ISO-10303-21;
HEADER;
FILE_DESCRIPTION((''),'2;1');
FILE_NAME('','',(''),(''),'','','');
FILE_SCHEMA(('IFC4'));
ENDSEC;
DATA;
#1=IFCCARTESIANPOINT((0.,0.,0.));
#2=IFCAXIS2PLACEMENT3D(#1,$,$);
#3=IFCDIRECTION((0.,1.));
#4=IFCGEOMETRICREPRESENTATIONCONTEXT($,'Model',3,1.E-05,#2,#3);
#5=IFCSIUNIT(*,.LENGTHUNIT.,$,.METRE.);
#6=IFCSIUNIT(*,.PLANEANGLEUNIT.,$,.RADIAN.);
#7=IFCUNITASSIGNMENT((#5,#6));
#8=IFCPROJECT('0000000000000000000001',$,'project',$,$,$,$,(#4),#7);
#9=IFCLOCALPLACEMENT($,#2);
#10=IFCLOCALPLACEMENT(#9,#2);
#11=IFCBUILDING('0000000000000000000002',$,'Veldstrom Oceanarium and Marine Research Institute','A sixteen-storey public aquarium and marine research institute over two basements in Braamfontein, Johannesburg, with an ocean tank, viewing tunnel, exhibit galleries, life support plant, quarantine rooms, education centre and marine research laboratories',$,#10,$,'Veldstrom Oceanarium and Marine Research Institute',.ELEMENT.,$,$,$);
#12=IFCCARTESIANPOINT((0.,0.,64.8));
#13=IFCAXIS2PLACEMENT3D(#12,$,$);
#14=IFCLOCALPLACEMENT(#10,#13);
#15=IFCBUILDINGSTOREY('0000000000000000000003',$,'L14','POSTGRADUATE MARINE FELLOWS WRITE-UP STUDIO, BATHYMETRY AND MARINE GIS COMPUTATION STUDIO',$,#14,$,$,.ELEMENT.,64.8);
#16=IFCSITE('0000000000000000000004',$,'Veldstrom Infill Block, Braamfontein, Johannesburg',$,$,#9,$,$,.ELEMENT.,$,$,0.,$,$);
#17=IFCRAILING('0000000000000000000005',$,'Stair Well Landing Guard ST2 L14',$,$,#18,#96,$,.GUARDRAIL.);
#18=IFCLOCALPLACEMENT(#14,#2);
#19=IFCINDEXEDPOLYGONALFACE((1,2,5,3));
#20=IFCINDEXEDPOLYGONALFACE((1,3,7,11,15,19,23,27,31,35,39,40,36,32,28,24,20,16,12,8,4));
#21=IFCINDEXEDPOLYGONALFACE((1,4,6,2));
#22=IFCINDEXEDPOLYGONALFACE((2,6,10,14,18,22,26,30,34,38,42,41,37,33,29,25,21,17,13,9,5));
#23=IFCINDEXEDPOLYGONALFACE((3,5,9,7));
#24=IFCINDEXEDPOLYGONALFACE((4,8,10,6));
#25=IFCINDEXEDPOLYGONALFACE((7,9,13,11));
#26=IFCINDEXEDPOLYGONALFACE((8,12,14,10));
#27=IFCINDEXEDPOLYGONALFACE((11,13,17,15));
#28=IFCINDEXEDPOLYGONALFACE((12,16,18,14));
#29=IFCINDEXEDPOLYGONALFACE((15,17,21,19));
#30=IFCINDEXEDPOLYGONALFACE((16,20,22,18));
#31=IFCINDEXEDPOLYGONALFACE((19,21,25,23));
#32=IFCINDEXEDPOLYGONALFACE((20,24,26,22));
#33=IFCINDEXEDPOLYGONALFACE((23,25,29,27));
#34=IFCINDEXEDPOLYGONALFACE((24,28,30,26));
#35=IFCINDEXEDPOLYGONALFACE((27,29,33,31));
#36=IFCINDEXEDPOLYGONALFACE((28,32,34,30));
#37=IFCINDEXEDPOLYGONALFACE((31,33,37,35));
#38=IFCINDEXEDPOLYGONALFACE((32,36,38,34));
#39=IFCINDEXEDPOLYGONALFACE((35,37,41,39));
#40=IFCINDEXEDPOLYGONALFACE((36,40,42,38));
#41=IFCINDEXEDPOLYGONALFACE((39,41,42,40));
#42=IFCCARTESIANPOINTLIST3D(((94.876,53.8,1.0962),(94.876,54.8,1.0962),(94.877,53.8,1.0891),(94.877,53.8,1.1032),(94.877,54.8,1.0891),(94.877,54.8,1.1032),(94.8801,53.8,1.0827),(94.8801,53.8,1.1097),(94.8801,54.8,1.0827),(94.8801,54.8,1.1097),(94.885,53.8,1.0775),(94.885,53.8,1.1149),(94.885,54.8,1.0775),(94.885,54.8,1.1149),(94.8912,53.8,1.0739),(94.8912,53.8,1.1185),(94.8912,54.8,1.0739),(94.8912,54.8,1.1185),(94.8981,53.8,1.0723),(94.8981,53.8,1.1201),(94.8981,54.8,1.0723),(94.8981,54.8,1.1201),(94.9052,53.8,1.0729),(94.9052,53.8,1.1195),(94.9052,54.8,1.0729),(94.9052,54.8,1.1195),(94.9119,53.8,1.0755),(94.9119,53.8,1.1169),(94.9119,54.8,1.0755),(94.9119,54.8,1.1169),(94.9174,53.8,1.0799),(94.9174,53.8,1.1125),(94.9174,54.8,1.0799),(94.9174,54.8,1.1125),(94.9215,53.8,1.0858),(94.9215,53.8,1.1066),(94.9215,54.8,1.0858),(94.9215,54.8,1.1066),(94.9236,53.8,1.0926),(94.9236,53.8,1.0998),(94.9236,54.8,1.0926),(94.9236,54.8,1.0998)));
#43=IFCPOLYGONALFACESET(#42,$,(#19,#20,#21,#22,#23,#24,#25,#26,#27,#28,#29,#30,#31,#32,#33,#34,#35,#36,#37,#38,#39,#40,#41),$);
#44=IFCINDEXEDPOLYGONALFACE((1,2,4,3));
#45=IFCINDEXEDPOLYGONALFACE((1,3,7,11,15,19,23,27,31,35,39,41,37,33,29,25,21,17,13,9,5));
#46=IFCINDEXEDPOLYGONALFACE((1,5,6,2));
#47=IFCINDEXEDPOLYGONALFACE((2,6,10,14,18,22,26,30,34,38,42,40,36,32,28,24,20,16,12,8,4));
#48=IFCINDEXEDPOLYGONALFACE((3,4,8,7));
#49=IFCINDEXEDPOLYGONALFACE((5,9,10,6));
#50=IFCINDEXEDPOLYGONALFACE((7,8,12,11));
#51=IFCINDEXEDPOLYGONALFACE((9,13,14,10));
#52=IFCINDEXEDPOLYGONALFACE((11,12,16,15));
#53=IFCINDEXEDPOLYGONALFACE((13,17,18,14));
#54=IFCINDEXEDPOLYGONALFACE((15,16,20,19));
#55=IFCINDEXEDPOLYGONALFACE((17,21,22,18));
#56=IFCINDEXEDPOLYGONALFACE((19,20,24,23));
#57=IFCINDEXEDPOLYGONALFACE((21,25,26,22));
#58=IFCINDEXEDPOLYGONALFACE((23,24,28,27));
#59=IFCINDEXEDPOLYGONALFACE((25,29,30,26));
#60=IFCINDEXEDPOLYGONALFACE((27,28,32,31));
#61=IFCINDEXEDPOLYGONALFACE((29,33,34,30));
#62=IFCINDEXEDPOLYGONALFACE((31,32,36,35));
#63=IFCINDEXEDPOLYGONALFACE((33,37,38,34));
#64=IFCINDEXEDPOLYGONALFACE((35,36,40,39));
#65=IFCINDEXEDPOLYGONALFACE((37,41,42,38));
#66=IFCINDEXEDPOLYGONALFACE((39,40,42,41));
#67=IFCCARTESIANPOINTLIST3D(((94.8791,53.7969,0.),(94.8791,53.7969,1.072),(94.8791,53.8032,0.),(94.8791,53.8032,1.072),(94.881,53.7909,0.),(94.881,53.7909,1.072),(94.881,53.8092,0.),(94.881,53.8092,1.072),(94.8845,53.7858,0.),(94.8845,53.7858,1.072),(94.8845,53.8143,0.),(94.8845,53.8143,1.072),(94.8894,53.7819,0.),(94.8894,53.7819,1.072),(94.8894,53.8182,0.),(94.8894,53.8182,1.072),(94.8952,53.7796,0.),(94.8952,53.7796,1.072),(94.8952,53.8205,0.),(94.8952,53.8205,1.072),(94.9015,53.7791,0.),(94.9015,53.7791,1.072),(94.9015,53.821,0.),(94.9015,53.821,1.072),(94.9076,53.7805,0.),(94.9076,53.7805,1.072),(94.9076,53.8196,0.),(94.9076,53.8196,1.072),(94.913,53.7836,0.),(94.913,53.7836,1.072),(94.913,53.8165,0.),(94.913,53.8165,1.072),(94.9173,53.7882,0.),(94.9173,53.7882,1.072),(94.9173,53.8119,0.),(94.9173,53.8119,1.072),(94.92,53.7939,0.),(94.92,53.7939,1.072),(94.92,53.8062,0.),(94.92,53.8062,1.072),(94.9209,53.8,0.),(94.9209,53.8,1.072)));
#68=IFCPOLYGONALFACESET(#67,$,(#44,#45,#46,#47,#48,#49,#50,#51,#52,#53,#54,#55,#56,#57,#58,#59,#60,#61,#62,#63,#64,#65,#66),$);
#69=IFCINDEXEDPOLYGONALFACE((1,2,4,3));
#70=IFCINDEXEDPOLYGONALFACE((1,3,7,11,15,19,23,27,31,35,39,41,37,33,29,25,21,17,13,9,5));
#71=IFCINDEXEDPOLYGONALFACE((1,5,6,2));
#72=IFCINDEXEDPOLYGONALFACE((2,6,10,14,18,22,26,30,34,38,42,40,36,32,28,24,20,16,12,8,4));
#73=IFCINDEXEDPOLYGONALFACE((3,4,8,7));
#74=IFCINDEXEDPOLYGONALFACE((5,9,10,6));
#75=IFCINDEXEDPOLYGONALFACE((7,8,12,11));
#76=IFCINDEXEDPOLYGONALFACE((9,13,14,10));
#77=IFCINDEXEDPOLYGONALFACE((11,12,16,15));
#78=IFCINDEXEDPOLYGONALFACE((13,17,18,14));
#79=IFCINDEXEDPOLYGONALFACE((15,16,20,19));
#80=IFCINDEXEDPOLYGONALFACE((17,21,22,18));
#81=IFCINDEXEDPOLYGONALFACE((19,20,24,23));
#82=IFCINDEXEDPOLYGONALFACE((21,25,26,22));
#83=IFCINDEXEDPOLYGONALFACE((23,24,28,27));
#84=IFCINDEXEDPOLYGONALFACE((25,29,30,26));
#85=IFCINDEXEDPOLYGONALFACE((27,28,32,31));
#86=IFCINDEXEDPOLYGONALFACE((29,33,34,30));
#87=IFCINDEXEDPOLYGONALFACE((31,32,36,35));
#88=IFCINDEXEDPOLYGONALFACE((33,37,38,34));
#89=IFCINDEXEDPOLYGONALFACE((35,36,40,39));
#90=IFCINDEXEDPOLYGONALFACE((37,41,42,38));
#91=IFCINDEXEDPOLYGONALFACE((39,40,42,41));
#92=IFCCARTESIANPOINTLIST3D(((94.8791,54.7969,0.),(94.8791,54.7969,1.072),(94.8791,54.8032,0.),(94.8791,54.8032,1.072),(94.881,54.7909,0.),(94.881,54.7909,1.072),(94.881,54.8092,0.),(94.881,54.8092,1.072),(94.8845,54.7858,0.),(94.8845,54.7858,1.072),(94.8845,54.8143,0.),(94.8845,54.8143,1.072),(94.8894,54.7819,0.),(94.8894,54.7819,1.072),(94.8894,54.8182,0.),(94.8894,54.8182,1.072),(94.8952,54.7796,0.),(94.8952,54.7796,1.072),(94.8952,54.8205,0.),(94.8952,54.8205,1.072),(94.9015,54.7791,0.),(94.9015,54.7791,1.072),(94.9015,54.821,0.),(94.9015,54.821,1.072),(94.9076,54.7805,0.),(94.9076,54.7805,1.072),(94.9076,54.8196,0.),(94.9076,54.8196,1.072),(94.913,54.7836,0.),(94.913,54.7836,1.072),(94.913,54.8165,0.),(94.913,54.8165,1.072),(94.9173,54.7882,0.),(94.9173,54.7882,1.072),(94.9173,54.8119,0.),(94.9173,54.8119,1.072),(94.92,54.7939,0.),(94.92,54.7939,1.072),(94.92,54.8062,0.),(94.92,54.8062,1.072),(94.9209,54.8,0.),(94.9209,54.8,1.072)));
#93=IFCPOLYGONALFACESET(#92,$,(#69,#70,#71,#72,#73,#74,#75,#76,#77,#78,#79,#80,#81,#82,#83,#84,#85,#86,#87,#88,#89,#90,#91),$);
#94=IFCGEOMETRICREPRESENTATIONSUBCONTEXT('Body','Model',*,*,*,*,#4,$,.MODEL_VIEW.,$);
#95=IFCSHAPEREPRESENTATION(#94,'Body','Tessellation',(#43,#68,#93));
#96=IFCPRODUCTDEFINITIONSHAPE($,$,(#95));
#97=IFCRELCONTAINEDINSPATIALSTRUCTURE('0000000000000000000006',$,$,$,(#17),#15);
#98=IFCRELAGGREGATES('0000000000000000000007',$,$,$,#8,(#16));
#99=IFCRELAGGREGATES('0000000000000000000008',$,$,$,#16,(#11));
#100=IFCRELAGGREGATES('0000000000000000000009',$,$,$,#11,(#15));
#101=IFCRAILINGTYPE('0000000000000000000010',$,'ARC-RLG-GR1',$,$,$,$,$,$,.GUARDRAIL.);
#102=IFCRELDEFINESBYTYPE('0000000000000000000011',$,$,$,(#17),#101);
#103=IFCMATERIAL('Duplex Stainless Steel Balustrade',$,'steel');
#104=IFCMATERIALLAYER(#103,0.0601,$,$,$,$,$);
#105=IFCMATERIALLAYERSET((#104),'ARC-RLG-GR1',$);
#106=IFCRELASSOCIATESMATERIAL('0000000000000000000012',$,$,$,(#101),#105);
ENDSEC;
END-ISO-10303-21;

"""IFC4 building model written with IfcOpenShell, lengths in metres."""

from ifc_helpers import new_model, si_unit, direction, frame, origin, origin_2d, place, context, subcontext, project, spatial, circle, extrude, material, layer, layer_set, type_object, element, save


model = new_model("IFC4")

# Units and contexts
model_context = context("Model", 3, precision=1e-05, world=origin(), true_north=direction((0.0, 1.0)))
body_context = subcontext(model_context, "Body", "Model", "MODEL_VIEW")
ifc_project = project(units=[si_unit("LENGTHUNIT", "METRE"), si_unit("PLANEANGLEUNIT", "RADIAN")], contexts=[model_context])

# Site, building, storey
site_placement = place(None, origin())
site = spatial("IfcSite", under=ifc_project, at=site_placement, Name="Veldstrom Infill Block, Braamfontein, Johannesburg", CompositionType="ELEMENT", RefElevation=0.0)
building_placement = place(site_placement, origin())
building = spatial("IfcBuilding", under=site, at=building_placement, Name="Veldstrom Oceanarium and Marine Research Institute", Description="A sixteen-storey public aquarium and marine research institute over two basements in Braamfontein, Johannesburg, with an ocean tank, viewing tunnel, exhibit galleries, life support plant, quarantine rooms, education centre and marine research laboratories", LongName="Veldstrom Oceanarium and Marine Research Institute", CompositionType="ELEMENT")
storey_placement = place(building_placement, frame((0.0, 0.0, 64.8)))
storey = spatial("IfcBuildingStorey", under=building, at=storey_placement, Name="L14", Description="POSTGRADUATE MARINE FELLOWS WRITE-UP STUDIO, BATHYMETRY AND MARINE GIS COMPUTATION STUDIO", CompositionType="ELEMENT", Elevation=64.8)

# Railing
ifc_material_1 = material(Name="Duplex Stainless Steel Balustrade", Category="steel")
ifc_layer_1 = layer(ifc_material_1, 0.0601)
ifc_layer_set_1 = layer_set([ifc_layer_1], Name="ARC-RLG-GR1")
railing_type_1 = type_object("IfcRailingType", Name="ARC-RLG-GR1", PredefinedType="GUARDRAIL", material=ifc_layer_set_1)
railing_1_placement = place(storey_placement, frame((94.8999, 53.8, 0.0)))
element("IfcRailing", 1, at=railing_1_placement, inside=storey, type_object=railing_type_1, Name="Stair Well Landing Guard ST2 L14", PredefinedType="GUARDRAIL", context=body_context, shape_type="SweptSolid", body=[
    extrude(circle(Radius=0.0239, at=origin_2d()), frame((0.0, 0.0, 1.0962), z_axis=(0.0, 1.0, 0.0), x_axis=(-1.0, 0.0, 0.0)), (0.0, 0.0, 1.0), 1.0),
    extrude(circle(Radius=0.021, at=origin_2d()), origin(), (0.0, 0.0, 1.0), 1.072),
    extrude(circle(Radius=0.021, at=origin_2d()), frame((0.0, 1.0, 0.0)), (0.0, 0.0, 1.0), 1.072),
])

save(model, "model.ifc")
